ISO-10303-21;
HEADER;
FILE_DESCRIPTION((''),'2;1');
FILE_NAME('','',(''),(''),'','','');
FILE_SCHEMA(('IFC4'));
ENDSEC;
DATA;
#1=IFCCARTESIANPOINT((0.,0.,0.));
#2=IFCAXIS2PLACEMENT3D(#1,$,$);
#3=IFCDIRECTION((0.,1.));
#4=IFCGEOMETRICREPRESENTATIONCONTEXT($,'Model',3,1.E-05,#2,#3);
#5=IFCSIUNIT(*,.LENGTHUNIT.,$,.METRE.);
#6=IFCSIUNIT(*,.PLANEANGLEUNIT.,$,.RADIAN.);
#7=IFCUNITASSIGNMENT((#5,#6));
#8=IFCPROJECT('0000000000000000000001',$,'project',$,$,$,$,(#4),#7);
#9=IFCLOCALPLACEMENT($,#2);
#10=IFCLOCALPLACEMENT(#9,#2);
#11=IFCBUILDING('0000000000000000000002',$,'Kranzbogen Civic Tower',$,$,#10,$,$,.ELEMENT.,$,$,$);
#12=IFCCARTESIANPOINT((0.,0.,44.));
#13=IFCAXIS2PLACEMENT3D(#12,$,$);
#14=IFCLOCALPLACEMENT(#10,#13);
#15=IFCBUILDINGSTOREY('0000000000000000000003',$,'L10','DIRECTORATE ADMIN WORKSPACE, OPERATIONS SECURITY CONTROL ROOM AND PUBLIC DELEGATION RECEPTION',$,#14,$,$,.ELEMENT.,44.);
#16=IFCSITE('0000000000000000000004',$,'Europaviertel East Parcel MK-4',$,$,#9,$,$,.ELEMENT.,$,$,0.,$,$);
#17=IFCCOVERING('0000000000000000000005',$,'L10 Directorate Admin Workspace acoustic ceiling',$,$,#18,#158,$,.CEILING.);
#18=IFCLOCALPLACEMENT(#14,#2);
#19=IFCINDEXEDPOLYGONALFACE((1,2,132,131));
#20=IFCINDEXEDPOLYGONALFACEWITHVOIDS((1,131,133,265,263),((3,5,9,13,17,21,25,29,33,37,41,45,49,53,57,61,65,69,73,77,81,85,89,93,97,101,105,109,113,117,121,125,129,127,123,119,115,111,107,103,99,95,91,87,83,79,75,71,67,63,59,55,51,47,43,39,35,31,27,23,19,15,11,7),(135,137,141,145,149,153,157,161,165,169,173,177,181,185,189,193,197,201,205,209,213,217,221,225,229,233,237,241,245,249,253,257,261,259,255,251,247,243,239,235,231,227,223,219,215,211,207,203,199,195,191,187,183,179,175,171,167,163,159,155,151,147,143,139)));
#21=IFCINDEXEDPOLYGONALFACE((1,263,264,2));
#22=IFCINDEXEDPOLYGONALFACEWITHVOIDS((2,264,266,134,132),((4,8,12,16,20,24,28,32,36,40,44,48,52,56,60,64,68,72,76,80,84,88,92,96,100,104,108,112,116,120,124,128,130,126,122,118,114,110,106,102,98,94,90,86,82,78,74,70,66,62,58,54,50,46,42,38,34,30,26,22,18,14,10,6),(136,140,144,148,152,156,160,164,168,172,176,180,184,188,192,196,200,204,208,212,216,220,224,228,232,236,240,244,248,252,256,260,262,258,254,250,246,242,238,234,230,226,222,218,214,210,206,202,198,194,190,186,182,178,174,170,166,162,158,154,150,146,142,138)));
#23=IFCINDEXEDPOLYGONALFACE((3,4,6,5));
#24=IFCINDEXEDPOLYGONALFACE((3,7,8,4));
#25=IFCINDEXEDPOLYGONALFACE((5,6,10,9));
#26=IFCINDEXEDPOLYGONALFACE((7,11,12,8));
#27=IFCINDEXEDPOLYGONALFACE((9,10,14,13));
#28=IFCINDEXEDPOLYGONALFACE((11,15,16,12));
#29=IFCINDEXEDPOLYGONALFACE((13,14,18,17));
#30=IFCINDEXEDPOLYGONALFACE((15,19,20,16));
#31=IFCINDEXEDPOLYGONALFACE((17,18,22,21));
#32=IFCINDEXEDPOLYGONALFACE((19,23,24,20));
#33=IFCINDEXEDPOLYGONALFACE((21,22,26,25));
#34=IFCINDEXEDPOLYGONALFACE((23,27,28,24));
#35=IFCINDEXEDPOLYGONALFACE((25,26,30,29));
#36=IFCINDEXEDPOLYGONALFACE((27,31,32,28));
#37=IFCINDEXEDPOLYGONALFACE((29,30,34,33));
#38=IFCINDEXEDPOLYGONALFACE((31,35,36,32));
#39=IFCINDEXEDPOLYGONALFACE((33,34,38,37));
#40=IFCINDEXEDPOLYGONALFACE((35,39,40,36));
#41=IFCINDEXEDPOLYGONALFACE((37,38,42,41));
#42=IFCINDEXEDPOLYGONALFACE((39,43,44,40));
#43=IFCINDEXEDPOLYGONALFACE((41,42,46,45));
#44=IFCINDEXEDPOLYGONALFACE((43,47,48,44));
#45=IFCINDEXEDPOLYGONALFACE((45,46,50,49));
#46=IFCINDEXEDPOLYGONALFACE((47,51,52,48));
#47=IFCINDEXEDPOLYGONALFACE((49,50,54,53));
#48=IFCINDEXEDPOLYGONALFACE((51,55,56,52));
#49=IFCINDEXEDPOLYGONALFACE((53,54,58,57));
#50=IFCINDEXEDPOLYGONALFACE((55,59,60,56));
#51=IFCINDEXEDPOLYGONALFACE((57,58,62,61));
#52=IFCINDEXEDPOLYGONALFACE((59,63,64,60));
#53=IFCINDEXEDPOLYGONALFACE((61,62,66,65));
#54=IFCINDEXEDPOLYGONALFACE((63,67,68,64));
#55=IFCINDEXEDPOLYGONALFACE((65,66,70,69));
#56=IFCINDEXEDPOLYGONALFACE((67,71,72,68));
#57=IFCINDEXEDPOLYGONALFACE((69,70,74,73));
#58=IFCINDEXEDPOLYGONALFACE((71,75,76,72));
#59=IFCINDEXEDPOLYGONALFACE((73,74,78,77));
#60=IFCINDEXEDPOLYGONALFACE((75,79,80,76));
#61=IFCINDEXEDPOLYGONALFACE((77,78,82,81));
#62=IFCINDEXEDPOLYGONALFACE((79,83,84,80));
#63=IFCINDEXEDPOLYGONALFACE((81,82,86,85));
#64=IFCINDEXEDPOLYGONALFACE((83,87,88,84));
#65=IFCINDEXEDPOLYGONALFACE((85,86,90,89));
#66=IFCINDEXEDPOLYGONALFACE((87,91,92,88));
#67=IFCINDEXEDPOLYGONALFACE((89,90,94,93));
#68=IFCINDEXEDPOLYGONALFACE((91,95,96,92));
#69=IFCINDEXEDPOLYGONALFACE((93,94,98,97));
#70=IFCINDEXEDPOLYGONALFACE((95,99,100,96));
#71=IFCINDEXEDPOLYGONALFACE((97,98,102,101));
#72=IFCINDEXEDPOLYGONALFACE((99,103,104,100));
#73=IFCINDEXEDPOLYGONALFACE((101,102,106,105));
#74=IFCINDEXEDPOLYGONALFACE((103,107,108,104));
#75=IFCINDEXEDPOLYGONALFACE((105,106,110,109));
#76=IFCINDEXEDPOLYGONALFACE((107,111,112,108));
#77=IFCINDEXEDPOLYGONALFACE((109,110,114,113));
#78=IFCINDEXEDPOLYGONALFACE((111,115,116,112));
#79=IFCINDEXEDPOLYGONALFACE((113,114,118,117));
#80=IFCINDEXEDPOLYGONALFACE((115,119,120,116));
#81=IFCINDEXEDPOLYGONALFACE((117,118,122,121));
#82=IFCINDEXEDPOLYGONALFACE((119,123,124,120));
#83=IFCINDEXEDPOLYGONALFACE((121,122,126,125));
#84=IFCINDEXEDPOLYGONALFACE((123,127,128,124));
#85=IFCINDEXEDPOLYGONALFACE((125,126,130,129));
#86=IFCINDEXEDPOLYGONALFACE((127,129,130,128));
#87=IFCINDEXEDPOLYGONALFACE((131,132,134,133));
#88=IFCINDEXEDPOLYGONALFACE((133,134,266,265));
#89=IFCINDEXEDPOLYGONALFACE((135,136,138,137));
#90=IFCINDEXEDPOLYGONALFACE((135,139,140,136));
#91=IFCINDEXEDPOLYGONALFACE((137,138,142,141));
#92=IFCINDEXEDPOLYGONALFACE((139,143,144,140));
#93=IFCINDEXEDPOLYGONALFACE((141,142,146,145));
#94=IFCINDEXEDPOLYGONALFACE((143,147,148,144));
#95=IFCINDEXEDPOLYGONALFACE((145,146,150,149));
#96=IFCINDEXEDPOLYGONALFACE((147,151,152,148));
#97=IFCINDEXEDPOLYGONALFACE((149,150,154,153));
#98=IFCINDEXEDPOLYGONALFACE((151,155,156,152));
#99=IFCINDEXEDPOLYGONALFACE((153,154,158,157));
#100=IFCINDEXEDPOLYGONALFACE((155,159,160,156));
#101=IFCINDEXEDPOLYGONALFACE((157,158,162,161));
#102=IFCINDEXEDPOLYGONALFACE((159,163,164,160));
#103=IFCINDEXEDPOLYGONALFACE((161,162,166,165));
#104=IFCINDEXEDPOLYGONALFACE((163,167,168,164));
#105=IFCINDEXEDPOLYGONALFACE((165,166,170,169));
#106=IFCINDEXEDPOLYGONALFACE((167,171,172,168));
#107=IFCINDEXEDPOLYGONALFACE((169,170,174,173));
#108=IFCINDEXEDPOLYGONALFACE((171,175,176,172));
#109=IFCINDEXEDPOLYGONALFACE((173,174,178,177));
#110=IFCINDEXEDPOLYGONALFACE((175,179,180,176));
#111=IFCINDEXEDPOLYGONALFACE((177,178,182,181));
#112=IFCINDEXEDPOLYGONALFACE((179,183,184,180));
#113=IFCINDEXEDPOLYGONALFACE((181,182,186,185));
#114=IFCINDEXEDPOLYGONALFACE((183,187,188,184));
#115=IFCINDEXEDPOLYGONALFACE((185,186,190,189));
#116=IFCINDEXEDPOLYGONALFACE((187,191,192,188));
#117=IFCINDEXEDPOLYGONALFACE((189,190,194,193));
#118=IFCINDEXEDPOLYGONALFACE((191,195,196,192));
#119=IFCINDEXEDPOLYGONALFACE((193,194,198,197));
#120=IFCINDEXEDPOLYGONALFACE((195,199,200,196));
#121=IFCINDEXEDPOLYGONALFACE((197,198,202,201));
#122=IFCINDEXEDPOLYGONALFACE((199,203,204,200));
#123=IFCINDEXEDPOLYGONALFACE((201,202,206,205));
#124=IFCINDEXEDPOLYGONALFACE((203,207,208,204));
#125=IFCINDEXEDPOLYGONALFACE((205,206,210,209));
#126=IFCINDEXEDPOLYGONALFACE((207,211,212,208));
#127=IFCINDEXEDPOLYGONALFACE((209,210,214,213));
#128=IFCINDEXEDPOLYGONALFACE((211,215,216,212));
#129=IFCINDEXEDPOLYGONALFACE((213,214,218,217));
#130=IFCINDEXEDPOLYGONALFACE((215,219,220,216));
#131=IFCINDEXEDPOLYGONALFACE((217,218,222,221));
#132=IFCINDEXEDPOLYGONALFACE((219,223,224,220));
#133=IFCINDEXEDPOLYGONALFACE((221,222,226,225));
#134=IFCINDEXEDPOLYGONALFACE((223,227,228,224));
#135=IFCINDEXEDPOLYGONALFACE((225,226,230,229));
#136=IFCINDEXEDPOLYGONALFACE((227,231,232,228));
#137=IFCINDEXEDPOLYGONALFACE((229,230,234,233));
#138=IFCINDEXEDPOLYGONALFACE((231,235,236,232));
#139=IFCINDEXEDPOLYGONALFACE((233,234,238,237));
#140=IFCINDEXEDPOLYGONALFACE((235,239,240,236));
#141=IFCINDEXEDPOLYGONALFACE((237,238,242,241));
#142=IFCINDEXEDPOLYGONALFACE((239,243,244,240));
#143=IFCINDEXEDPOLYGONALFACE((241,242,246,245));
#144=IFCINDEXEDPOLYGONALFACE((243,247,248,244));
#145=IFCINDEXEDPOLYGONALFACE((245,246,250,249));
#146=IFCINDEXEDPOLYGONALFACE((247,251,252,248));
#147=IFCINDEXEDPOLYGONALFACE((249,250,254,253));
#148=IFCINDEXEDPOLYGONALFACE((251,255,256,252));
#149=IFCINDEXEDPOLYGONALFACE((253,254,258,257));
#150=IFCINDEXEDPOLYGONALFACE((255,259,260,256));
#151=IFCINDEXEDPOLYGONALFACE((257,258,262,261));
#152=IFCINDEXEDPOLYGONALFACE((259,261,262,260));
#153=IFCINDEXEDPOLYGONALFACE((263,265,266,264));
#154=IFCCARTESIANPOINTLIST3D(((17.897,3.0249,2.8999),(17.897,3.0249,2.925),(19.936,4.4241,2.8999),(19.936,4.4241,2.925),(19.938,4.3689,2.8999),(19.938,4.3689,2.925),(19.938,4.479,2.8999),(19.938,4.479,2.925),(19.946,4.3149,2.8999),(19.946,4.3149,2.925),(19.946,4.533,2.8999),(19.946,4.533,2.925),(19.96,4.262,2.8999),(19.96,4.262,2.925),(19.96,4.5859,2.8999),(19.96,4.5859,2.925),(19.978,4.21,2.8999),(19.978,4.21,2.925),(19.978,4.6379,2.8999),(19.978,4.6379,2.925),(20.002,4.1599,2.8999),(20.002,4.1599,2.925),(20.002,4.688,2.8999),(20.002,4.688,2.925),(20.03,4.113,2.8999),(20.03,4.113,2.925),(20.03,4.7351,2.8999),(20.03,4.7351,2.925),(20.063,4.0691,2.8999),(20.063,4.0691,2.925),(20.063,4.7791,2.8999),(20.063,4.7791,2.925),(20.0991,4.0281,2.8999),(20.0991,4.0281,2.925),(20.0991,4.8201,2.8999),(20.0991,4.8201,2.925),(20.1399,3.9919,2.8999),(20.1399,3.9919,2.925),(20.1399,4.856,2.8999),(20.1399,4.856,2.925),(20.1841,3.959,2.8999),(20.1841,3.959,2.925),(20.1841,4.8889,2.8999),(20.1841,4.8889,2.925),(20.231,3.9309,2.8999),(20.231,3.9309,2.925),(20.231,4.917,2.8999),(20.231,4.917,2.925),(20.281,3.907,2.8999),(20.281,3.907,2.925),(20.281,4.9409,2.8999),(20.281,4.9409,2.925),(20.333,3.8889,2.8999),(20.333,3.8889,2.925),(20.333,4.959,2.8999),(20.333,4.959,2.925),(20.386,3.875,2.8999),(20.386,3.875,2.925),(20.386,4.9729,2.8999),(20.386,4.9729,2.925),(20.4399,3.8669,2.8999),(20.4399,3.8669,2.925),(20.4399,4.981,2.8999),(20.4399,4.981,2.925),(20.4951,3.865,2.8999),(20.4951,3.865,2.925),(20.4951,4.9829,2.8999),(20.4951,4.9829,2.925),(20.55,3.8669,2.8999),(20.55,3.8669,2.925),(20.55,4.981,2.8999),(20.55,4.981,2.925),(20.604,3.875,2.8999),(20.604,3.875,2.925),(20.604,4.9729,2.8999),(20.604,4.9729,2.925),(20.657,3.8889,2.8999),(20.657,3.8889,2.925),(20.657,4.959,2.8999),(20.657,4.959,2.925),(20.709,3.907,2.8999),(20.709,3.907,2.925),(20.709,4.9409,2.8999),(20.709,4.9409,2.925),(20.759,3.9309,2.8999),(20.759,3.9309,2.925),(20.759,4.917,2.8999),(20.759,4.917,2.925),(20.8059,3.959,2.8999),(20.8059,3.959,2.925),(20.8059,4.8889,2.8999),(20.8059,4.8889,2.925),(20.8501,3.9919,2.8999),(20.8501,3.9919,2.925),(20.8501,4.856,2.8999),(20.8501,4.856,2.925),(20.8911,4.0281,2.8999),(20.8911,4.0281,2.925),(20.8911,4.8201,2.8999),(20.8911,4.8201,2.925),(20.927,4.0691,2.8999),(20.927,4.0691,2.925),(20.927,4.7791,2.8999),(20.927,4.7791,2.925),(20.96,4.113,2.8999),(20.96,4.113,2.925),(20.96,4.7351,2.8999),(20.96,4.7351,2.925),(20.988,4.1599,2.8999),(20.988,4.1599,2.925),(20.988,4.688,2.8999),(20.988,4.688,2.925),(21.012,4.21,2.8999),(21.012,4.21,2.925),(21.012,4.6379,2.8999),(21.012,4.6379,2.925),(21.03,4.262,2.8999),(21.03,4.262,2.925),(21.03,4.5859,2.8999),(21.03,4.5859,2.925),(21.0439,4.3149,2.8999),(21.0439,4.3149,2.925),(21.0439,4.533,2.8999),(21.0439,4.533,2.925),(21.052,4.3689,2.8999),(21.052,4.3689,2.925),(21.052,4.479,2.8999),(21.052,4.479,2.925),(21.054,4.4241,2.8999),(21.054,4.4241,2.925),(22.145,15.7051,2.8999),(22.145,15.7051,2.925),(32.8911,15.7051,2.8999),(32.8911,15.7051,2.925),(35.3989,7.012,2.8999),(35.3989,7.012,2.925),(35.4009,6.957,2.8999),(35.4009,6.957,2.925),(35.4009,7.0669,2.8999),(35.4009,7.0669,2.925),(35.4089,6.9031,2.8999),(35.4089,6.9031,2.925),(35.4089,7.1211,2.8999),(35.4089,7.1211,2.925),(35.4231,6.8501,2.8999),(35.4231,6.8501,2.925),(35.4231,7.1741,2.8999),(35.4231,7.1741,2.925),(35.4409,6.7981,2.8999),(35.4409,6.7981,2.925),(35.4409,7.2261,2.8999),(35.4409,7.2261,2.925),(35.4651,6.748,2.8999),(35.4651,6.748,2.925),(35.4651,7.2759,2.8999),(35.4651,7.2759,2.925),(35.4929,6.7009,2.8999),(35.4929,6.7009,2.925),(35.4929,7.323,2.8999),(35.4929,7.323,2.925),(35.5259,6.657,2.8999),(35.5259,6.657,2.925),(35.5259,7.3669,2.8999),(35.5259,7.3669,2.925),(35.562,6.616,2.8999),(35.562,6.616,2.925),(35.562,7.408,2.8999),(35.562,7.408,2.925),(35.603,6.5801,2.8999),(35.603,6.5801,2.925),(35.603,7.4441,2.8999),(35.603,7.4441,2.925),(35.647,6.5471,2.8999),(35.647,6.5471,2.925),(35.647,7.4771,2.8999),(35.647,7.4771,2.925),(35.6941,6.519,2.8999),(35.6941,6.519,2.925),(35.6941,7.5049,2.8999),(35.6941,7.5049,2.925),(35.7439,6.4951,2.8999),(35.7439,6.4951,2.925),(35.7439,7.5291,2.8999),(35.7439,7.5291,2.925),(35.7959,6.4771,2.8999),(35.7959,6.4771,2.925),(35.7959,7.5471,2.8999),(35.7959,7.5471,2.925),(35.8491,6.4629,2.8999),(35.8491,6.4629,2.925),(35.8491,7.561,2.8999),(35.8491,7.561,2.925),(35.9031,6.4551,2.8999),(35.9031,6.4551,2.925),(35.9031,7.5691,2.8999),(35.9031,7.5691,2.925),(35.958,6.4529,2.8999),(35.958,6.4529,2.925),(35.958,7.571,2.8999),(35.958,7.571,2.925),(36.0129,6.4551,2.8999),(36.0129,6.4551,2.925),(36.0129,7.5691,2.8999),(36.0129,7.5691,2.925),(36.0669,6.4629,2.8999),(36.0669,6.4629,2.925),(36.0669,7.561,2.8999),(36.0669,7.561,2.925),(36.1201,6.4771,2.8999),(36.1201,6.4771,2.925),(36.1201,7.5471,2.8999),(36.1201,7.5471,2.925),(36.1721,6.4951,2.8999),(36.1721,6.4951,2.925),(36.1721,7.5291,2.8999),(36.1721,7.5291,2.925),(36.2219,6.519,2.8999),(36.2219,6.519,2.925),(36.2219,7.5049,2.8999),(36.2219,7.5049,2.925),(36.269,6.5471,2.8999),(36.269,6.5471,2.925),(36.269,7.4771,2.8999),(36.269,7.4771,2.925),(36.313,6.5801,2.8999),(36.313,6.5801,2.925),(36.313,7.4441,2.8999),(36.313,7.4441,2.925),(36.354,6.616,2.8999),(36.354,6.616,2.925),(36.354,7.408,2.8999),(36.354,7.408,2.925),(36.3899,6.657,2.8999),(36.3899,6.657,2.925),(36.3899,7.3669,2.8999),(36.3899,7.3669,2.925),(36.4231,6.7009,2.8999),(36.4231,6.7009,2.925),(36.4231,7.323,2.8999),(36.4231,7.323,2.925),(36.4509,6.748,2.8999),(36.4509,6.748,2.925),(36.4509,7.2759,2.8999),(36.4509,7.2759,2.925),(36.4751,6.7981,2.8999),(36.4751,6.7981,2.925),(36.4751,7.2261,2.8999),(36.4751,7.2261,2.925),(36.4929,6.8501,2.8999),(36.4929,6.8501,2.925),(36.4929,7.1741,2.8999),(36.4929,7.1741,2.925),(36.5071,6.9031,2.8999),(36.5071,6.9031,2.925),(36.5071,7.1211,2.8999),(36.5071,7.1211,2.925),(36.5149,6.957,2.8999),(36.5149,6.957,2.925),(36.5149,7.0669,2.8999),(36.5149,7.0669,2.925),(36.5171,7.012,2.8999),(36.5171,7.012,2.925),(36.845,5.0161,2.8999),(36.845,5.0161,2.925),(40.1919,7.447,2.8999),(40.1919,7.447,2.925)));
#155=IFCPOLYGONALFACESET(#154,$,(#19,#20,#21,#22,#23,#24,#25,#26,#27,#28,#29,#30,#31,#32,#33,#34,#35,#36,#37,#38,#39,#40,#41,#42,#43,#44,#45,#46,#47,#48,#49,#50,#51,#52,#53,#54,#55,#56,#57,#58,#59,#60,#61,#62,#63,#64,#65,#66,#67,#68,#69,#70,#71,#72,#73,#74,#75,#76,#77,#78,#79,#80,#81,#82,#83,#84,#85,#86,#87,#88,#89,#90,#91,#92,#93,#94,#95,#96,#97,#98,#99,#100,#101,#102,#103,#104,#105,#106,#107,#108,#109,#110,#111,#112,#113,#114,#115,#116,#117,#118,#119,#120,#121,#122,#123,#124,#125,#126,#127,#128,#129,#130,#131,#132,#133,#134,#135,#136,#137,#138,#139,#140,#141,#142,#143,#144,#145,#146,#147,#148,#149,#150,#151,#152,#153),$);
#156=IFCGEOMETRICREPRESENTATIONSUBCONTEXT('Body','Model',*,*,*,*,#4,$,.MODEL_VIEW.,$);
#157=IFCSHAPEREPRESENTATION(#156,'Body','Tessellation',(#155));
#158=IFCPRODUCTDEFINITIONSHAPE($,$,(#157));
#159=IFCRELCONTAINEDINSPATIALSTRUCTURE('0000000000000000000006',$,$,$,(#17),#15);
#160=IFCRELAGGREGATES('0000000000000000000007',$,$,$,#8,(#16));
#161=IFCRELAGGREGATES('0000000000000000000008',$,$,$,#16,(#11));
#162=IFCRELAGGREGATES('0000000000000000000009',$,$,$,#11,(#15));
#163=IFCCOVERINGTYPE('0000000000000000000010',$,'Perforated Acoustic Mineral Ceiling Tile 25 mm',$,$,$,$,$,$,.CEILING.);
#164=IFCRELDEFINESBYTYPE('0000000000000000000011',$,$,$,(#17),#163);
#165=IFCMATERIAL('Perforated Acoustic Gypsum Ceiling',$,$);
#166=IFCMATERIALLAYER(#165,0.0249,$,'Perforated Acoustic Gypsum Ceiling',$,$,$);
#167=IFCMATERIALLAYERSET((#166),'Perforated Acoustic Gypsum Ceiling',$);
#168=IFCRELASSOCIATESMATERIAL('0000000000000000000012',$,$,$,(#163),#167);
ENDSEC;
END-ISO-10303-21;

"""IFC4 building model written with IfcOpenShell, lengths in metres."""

from ifc_helpers import new_model, si_unit, direction, frame, origin, place, context, subcontext, project, spatial, polyline, outline, extrude, material, layer, layer_set, type_object, element, save


model = new_model("IFC4")

# Units and contexts
model_context = context("Model", 3, precision=1e-05, world=origin(), true_north=direction((0.0, 1.0)))
body_context = subcontext(model_context, "Body", "Model", "MODEL_VIEW")
ifc_project = project(units=[si_unit("LENGTHUNIT", "METRE"), si_unit("PLANEANGLEUNIT", "RADIAN")], contexts=[model_context])

# Site, building, storey
site_placement = place(None, origin())
site = spatial("IfcSite", under=ifc_project, at=site_placement, Name="Europaviertel East Parcel MK-4", CompositionType="ELEMENT", RefElevation=0.0)
building_placement = place(site_placement, origin())
building = spatial("IfcBuilding", under=site, at=building_placement, Name="Kranzbogen Civic Tower", CompositionType="ELEMENT")
storey_placement = place(building_placement, frame((0.0, 0.0, 44.0)))
storey = spatial("IfcBuildingStorey", under=building, at=storey_placement, Name="L10", Description="DIRECTORATE ADMIN WORKSPACE, OPERATIONS SECURITY CONTROL ROOM AND PUBLIC DELEGATION RECEPTION", CompositionType="ELEMENT", Elevation=44.0)

# Covering
ifc_material_1 = material(Name="Perforated Acoustic Gypsum Ceiling")
ifc_layer_1 = layer(ifc_material_1, 0.0249, Name="Perforated Acoustic Gypsum Ceiling")
ifc_layer_set_1 = layer_set([ifc_layer_1], Name="Perforated Acoustic Gypsum Ceiling")
covering_type = type_object("IfcCoveringType", Name="Perforated Acoustic Mineral Ceiling Tile 25 mm", PredefinedType="CEILING", material=ifc_layer_set_1)
covering_1_placement = place(storey_placement, frame((0.0, 0.0, 2.8999)))
element("IfcCovering", 1, at=covering_1_placement, inside=storey, type_object=covering_type, Name="L10 Directorate Admin Workspace acoustic ceiling", PredefinedType="CEILING", context=body_context, shape_type="SweptSolid", body=[
    extrude(outline(polyline([(17.897, 3.0249), (22.145, 15.7051), (32.8911, 15.7051), (40.1919, 7.447), (36.845, 5.0161), (17.897, 3.0249)]), holes=[polyline([(21.012, 4.21), (20.988, 4.1599), (20.96, 4.113), (20.927, 4.0691), (20.8911, 4.0281), (20.8501, 3.9919), (20.8059, 3.959), (20.759, 3.9309), (20.709, 3.907), (20.657, 3.8889), (20.604, 3.875), (20.55, 3.8669), (20.4951, 3.865), (20.4399, 3.8669), (20.386, 3.875), (20.333, 3.8889), (20.281, 3.907), (20.231, 3.9309), (20.1841, 3.959), (20.1399, 3.9919), (20.0991, 4.0281), (20.063, 4.0691), (20.03, 4.113), (20.002, 4.1599), (19.978, 4.21), (19.96, 4.262), (19.946, 4.3149), (19.938, 4.3689), (19.936, 4.4241), (19.938, 4.479), (19.946, 4.533), (19.96, 4.5859), (19.978, 4.6379), (20.002, 4.688), (20.03, 4.7351), (20.063, 4.7791), (20.0991, 4.8201), (20.1399, 4.856), (20.1841, 4.8889), (20.231, 4.917), (20.281, 4.9409), (20.333, 4.959), (20.386, 4.9729), (20.4399, 4.981), (20.4951, 4.9829), (20.55, 4.981), (20.604, 4.9729), (20.657, 4.959), (20.709, 4.9409), (20.759, 4.917), (20.8059, 4.8889), (20.8501, 4.856), (20.8911, 4.8201), (20.927, 4.7791), (20.96, 4.7351), (20.988, 4.688), (21.012, 4.6379), (21.03, 4.5859), (21.0439, 4.533), (21.052, 4.479), (21.054, 4.4241), (21.052, 4.3689), (21.0439, 4.3149), (21.03, 4.262), (21.012, 4.21)]), polyline([(36.4751, 6.7981), (36.4509, 6.748), (36.4231, 6.7009), (36.3899, 6.657), (36.354, 6.616), (36.313, 6.5801), (36.269, 6.5471), (36.2219, 6.519), (36.1721, 6.4951), (36.1201, 6.4771), (36.0669, 6.4629), (36.0129, 6.4551), (35.958, 6.4529), (35.9031, 6.4551), (35.8491, 6.4629), (35.7959, 6.4771), (35.7439, 6.4951), (35.6941, 6.519), (35.647, 6.5471), (35.603, 6.5801), (35.562, 6.616), (35.5259, 6.657), (35.4929, 6.7009), (35.4651, 6.748), (35.4409, 6.7981), (35.4231, 6.8501), (35.4089, 6.9031), (35.4009, 6.957), (35.3989, 7.012), (35.4009, 7.0669), (35.4089, 7.1211), (35.4231, 7.1741), (35.4409, 7.2261), (35.4651, 7.2759), (35.4929, 7.323), (35.5259, 7.3669), (35.562, 7.408), (35.603, 7.4441), (35.647, 7.4771), (35.6941, 7.5049), (35.7439, 7.5291), (35.7959, 7.5471), (35.8491, 7.561), (35.9031, 7.5691), (35.958, 7.571), (36.0129, 7.5691), (36.0669, 7.561), (36.1201, 7.5471), (36.1721, 7.5291), (36.2219, 7.5049), (36.269, 7.4771), (36.313, 7.4441), (36.354, 7.408), (36.3899, 7.3669), (36.4231, 7.323), (36.4509, 7.2759), (36.4751, 7.2261), (36.4929, 7.1741), (36.5071, 7.1211), (36.5149, 7.0669), (36.5171, 7.012), (36.5149, 6.957), (36.5071, 6.9031), (36.4929, 6.8501), (36.4751, 6.7981)])]), origin(), (0.0, 0.0, 1.0), 0.0251),
])

save(model, "model.ifc")
